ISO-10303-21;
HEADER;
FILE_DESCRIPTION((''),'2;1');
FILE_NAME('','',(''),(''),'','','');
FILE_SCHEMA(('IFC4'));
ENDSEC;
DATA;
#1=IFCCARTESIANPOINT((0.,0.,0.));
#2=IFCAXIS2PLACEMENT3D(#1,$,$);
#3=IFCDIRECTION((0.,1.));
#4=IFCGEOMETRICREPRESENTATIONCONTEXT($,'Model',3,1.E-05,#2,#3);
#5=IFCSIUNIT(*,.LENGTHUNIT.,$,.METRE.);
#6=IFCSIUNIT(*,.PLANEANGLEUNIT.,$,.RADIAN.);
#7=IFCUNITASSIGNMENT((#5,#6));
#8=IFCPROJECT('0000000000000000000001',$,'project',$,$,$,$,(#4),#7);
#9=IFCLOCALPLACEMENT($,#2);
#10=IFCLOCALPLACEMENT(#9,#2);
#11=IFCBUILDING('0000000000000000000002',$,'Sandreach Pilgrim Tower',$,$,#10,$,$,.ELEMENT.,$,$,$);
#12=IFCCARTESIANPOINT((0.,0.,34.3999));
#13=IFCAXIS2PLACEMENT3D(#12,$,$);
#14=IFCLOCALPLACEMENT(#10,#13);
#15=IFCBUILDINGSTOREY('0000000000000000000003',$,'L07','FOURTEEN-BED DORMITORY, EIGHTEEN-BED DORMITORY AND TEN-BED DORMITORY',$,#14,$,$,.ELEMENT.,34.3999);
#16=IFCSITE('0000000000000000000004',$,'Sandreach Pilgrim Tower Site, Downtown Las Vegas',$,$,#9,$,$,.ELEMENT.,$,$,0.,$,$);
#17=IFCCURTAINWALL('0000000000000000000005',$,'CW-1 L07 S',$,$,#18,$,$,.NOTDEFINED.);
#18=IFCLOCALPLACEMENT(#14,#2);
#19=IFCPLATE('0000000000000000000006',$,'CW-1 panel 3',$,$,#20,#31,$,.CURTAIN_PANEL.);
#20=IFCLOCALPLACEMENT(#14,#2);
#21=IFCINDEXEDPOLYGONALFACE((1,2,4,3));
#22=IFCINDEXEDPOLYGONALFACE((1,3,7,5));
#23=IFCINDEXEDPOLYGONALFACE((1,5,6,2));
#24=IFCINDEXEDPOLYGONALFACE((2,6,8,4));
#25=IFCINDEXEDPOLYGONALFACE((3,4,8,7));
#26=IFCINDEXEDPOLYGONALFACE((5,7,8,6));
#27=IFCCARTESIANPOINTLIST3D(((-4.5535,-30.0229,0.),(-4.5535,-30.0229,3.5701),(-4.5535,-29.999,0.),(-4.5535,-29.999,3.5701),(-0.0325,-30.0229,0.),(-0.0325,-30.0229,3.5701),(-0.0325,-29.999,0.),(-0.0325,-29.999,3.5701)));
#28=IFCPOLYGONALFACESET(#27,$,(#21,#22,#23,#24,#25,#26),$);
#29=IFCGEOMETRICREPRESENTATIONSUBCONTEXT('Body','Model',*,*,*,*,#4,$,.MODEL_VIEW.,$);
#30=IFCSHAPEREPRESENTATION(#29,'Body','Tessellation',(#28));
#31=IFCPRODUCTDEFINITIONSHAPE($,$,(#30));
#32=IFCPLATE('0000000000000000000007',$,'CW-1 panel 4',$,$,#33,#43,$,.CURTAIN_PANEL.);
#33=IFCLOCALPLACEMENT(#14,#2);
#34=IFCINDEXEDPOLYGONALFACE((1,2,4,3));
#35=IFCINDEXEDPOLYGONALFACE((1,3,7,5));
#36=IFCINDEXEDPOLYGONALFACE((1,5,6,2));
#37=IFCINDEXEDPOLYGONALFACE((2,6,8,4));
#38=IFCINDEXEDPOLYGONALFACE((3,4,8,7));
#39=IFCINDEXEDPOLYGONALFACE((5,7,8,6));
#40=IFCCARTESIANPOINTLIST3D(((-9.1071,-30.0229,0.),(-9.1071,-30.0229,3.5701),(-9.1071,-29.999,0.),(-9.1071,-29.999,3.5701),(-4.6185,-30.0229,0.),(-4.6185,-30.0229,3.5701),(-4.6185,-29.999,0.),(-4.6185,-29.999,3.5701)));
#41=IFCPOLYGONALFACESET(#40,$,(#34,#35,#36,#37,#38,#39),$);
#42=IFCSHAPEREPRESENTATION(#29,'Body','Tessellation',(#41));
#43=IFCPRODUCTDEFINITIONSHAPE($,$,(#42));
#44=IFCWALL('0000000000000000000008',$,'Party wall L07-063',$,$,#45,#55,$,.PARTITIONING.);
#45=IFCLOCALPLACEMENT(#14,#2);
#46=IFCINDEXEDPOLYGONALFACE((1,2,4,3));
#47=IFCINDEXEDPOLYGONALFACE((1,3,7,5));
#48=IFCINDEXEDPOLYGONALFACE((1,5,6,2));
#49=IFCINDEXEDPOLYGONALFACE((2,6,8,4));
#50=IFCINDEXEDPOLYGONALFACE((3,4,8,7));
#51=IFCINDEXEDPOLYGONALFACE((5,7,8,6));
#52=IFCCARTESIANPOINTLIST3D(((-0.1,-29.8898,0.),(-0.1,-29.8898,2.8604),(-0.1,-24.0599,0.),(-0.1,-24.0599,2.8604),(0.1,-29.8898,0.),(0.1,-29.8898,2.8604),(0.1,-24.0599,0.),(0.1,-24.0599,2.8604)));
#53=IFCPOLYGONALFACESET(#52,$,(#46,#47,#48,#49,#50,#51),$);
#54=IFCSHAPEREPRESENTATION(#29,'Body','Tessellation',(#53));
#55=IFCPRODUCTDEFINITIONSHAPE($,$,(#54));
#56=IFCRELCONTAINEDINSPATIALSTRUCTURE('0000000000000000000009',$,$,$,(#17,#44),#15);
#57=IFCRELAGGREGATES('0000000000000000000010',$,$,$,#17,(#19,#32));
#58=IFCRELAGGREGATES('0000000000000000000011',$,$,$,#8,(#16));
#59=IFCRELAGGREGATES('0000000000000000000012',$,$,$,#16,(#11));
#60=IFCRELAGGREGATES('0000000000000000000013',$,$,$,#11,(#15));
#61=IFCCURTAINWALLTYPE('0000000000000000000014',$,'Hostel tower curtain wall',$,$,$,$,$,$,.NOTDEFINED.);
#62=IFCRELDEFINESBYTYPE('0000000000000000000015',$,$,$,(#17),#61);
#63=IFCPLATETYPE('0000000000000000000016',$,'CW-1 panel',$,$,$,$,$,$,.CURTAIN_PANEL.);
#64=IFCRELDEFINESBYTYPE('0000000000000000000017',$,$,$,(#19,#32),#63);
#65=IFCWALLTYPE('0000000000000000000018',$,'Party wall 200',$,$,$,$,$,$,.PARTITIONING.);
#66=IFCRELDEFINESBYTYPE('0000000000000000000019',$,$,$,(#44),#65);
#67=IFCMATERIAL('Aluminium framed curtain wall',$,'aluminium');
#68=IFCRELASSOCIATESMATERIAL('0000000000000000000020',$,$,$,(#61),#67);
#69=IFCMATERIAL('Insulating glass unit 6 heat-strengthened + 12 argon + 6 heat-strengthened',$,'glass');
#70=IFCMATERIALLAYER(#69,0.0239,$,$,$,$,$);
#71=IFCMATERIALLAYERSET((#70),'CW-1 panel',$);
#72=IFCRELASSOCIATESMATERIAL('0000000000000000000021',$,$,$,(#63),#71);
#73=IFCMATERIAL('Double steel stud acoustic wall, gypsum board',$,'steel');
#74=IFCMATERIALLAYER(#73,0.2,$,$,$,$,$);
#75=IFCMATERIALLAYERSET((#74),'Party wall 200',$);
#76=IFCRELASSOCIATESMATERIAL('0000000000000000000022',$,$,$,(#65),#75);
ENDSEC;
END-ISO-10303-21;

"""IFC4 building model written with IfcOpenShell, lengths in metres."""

from ifc_helpers import new_model, si_unit, direction, frame, frame_2d, origin, origin_2d, place, context, subcontext, project, spatial, rectangle, extrude, material, layer, layer_set, type_object, element, aggregate, save


model = new_model("IFC4")

# Units and contexts
model_context = context("Model", 3, precision=1e-05, world=origin(), true_north=direction((0.0, 1.0)))
body_context = subcontext(model_context, "Body", "Model", "MODEL_VIEW")
ifc_project = project(units=[si_unit("LENGTHUNIT", "METRE"), si_unit("PLANEANGLEUNIT", "RADIAN")], contexts=[model_context])

# Site, building, storey
site_placement = place(None, origin())
site = spatial("IfcSite", under=ifc_project, at=site_placement, Name="Sandreach Pilgrim Tower Site, Downtown Las Vegas", CompositionType="ELEMENT", RefElevation=0.0)
building_placement = place(site_placement, origin())
building = spatial("IfcBuilding", under=site, at=building_placement, Name="Sandreach Pilgrim Tower", CompositionType="ELEMENT")
storey_placement = place(building_placement, frame((0.0, 0.0, 34.3999)))
storey = spatial("IfcBuildingStorey", under=building, at=storey_placement, Name="L07", Description="FOURTEEN-BED DORMITORY, EIGHTEEN-BED DORMITORY AND TEN-BED DORMITORY", CompositionType="ELEMENT", Elevation=34.3999)

# Curtain wall
ifc_material_1 = material(Name="Aluminium framed curtain wall", Category="aluminium")
curtain_wall_type = type_object("IfcCurtainWallType", Name="Hostel tower curtain wall", PredefinedType="NOTDEFINED", material=ifc_material_1)
curtain_wall_placement = place(storey_placement, origin())
curtain_wall = element("IfcCurtainWall", 1, at=curtain_wall_placement, inside=storey, type_object=curtain_wall_type, Name="CW-1 L07 S", PredefinedType="NOTDEFINED")

# Plates
ifc_material_2 = material(Name="Insulating glass unit 6 heat-strengthened + 12 argon + 6 heat-strengthened", Category="glass")
ifc_layer_1 = layer(ifc_material_2, 0.0239)
ifc_layer_set_1 = layer_set([ifc_layer_1], Name="CW-1 panel")
plate_type = type_object("IfcPlateType", Name="CW-1 panel", PredefinedType="CURTAIN_PANEL", material=ifc_layer_set_1)
plate_1_placement = place(storey_placement, frame((-2.293, -30.011, 0.0), z_axis=(0.0, 0.0, 1.0), x_axis=(-1.0, 0.0, 0.0)))
plate_1 = element("IfcPlate", 2, at=plate_1_placement, type_object=plate_type, Name="CW-1 panel 3", PredefinedType="CURTAIN_PANEL", context=body_context, shape_type="SweptSolid", body=[
    extrude(rectangle(XDim=4.521, YDim=0.0239, at=origin_2d()), origin(), (0.0, 0.0, 1.0), 3.5701),
])
plate_2_placement = place(storey_placement, frame((-6.8628, -30.011, 0.0), z_axis=(0.0, 0.0, 1.0), x_axis=(-1.0, 0.0, 0.0)))
plate_2 = element("IfcPlate", 3, at=plate_2_placement, type_object=plate_type, Name="CW-1 panel 4", PredefinedType="CURTAIN_PANEL", context=body_context, shape_type="SweptSolid", body=[
    extrude(rectangle(XDim=4.4885, YDim=0.0239, at=origin_2d()), origin(), (0.0, 0.0, 1.0), 3.5701),
])
aggregate(curtain_wall, [plate_1, plate_2])

# Wall
ifc_material_3 = material(Name="Double steel stud acoustic wall, gypsum board", Category="steel")
ifc_layer_2 = layer(ifc_material_3, 0.2)
ifc_layer_set_2 = layer_set([ifc_layer_2], Name="Party wall 200")
wall_type = type_object("IfcWallType", Name="Party wall 200", PredefinedType="PARTITIONING", material=ifc_layer_set_2)
wall_placement = place(storey_placement, frame((0.0, -29.8899, 0.0), z_axis=(0.0, 0.0, 1.0), x_axis=(0.0, 1.0, 0.0)))
element("IfcWall", 4, at=wall_placement, inside=storey, type_object=wall_type, Name="Party wall L07-063", PredefinedType="PARTITIONING", context=body_context, shape_type="SweptSolid", body=[
    extrude(rectangle(XDim=5.8298, YDim=0.2, at=frame_2d((2.915, 0.0))), origin(), (0.0, 0.0, 1.0), 2.8604),
])

save(model, "model.ifc")
